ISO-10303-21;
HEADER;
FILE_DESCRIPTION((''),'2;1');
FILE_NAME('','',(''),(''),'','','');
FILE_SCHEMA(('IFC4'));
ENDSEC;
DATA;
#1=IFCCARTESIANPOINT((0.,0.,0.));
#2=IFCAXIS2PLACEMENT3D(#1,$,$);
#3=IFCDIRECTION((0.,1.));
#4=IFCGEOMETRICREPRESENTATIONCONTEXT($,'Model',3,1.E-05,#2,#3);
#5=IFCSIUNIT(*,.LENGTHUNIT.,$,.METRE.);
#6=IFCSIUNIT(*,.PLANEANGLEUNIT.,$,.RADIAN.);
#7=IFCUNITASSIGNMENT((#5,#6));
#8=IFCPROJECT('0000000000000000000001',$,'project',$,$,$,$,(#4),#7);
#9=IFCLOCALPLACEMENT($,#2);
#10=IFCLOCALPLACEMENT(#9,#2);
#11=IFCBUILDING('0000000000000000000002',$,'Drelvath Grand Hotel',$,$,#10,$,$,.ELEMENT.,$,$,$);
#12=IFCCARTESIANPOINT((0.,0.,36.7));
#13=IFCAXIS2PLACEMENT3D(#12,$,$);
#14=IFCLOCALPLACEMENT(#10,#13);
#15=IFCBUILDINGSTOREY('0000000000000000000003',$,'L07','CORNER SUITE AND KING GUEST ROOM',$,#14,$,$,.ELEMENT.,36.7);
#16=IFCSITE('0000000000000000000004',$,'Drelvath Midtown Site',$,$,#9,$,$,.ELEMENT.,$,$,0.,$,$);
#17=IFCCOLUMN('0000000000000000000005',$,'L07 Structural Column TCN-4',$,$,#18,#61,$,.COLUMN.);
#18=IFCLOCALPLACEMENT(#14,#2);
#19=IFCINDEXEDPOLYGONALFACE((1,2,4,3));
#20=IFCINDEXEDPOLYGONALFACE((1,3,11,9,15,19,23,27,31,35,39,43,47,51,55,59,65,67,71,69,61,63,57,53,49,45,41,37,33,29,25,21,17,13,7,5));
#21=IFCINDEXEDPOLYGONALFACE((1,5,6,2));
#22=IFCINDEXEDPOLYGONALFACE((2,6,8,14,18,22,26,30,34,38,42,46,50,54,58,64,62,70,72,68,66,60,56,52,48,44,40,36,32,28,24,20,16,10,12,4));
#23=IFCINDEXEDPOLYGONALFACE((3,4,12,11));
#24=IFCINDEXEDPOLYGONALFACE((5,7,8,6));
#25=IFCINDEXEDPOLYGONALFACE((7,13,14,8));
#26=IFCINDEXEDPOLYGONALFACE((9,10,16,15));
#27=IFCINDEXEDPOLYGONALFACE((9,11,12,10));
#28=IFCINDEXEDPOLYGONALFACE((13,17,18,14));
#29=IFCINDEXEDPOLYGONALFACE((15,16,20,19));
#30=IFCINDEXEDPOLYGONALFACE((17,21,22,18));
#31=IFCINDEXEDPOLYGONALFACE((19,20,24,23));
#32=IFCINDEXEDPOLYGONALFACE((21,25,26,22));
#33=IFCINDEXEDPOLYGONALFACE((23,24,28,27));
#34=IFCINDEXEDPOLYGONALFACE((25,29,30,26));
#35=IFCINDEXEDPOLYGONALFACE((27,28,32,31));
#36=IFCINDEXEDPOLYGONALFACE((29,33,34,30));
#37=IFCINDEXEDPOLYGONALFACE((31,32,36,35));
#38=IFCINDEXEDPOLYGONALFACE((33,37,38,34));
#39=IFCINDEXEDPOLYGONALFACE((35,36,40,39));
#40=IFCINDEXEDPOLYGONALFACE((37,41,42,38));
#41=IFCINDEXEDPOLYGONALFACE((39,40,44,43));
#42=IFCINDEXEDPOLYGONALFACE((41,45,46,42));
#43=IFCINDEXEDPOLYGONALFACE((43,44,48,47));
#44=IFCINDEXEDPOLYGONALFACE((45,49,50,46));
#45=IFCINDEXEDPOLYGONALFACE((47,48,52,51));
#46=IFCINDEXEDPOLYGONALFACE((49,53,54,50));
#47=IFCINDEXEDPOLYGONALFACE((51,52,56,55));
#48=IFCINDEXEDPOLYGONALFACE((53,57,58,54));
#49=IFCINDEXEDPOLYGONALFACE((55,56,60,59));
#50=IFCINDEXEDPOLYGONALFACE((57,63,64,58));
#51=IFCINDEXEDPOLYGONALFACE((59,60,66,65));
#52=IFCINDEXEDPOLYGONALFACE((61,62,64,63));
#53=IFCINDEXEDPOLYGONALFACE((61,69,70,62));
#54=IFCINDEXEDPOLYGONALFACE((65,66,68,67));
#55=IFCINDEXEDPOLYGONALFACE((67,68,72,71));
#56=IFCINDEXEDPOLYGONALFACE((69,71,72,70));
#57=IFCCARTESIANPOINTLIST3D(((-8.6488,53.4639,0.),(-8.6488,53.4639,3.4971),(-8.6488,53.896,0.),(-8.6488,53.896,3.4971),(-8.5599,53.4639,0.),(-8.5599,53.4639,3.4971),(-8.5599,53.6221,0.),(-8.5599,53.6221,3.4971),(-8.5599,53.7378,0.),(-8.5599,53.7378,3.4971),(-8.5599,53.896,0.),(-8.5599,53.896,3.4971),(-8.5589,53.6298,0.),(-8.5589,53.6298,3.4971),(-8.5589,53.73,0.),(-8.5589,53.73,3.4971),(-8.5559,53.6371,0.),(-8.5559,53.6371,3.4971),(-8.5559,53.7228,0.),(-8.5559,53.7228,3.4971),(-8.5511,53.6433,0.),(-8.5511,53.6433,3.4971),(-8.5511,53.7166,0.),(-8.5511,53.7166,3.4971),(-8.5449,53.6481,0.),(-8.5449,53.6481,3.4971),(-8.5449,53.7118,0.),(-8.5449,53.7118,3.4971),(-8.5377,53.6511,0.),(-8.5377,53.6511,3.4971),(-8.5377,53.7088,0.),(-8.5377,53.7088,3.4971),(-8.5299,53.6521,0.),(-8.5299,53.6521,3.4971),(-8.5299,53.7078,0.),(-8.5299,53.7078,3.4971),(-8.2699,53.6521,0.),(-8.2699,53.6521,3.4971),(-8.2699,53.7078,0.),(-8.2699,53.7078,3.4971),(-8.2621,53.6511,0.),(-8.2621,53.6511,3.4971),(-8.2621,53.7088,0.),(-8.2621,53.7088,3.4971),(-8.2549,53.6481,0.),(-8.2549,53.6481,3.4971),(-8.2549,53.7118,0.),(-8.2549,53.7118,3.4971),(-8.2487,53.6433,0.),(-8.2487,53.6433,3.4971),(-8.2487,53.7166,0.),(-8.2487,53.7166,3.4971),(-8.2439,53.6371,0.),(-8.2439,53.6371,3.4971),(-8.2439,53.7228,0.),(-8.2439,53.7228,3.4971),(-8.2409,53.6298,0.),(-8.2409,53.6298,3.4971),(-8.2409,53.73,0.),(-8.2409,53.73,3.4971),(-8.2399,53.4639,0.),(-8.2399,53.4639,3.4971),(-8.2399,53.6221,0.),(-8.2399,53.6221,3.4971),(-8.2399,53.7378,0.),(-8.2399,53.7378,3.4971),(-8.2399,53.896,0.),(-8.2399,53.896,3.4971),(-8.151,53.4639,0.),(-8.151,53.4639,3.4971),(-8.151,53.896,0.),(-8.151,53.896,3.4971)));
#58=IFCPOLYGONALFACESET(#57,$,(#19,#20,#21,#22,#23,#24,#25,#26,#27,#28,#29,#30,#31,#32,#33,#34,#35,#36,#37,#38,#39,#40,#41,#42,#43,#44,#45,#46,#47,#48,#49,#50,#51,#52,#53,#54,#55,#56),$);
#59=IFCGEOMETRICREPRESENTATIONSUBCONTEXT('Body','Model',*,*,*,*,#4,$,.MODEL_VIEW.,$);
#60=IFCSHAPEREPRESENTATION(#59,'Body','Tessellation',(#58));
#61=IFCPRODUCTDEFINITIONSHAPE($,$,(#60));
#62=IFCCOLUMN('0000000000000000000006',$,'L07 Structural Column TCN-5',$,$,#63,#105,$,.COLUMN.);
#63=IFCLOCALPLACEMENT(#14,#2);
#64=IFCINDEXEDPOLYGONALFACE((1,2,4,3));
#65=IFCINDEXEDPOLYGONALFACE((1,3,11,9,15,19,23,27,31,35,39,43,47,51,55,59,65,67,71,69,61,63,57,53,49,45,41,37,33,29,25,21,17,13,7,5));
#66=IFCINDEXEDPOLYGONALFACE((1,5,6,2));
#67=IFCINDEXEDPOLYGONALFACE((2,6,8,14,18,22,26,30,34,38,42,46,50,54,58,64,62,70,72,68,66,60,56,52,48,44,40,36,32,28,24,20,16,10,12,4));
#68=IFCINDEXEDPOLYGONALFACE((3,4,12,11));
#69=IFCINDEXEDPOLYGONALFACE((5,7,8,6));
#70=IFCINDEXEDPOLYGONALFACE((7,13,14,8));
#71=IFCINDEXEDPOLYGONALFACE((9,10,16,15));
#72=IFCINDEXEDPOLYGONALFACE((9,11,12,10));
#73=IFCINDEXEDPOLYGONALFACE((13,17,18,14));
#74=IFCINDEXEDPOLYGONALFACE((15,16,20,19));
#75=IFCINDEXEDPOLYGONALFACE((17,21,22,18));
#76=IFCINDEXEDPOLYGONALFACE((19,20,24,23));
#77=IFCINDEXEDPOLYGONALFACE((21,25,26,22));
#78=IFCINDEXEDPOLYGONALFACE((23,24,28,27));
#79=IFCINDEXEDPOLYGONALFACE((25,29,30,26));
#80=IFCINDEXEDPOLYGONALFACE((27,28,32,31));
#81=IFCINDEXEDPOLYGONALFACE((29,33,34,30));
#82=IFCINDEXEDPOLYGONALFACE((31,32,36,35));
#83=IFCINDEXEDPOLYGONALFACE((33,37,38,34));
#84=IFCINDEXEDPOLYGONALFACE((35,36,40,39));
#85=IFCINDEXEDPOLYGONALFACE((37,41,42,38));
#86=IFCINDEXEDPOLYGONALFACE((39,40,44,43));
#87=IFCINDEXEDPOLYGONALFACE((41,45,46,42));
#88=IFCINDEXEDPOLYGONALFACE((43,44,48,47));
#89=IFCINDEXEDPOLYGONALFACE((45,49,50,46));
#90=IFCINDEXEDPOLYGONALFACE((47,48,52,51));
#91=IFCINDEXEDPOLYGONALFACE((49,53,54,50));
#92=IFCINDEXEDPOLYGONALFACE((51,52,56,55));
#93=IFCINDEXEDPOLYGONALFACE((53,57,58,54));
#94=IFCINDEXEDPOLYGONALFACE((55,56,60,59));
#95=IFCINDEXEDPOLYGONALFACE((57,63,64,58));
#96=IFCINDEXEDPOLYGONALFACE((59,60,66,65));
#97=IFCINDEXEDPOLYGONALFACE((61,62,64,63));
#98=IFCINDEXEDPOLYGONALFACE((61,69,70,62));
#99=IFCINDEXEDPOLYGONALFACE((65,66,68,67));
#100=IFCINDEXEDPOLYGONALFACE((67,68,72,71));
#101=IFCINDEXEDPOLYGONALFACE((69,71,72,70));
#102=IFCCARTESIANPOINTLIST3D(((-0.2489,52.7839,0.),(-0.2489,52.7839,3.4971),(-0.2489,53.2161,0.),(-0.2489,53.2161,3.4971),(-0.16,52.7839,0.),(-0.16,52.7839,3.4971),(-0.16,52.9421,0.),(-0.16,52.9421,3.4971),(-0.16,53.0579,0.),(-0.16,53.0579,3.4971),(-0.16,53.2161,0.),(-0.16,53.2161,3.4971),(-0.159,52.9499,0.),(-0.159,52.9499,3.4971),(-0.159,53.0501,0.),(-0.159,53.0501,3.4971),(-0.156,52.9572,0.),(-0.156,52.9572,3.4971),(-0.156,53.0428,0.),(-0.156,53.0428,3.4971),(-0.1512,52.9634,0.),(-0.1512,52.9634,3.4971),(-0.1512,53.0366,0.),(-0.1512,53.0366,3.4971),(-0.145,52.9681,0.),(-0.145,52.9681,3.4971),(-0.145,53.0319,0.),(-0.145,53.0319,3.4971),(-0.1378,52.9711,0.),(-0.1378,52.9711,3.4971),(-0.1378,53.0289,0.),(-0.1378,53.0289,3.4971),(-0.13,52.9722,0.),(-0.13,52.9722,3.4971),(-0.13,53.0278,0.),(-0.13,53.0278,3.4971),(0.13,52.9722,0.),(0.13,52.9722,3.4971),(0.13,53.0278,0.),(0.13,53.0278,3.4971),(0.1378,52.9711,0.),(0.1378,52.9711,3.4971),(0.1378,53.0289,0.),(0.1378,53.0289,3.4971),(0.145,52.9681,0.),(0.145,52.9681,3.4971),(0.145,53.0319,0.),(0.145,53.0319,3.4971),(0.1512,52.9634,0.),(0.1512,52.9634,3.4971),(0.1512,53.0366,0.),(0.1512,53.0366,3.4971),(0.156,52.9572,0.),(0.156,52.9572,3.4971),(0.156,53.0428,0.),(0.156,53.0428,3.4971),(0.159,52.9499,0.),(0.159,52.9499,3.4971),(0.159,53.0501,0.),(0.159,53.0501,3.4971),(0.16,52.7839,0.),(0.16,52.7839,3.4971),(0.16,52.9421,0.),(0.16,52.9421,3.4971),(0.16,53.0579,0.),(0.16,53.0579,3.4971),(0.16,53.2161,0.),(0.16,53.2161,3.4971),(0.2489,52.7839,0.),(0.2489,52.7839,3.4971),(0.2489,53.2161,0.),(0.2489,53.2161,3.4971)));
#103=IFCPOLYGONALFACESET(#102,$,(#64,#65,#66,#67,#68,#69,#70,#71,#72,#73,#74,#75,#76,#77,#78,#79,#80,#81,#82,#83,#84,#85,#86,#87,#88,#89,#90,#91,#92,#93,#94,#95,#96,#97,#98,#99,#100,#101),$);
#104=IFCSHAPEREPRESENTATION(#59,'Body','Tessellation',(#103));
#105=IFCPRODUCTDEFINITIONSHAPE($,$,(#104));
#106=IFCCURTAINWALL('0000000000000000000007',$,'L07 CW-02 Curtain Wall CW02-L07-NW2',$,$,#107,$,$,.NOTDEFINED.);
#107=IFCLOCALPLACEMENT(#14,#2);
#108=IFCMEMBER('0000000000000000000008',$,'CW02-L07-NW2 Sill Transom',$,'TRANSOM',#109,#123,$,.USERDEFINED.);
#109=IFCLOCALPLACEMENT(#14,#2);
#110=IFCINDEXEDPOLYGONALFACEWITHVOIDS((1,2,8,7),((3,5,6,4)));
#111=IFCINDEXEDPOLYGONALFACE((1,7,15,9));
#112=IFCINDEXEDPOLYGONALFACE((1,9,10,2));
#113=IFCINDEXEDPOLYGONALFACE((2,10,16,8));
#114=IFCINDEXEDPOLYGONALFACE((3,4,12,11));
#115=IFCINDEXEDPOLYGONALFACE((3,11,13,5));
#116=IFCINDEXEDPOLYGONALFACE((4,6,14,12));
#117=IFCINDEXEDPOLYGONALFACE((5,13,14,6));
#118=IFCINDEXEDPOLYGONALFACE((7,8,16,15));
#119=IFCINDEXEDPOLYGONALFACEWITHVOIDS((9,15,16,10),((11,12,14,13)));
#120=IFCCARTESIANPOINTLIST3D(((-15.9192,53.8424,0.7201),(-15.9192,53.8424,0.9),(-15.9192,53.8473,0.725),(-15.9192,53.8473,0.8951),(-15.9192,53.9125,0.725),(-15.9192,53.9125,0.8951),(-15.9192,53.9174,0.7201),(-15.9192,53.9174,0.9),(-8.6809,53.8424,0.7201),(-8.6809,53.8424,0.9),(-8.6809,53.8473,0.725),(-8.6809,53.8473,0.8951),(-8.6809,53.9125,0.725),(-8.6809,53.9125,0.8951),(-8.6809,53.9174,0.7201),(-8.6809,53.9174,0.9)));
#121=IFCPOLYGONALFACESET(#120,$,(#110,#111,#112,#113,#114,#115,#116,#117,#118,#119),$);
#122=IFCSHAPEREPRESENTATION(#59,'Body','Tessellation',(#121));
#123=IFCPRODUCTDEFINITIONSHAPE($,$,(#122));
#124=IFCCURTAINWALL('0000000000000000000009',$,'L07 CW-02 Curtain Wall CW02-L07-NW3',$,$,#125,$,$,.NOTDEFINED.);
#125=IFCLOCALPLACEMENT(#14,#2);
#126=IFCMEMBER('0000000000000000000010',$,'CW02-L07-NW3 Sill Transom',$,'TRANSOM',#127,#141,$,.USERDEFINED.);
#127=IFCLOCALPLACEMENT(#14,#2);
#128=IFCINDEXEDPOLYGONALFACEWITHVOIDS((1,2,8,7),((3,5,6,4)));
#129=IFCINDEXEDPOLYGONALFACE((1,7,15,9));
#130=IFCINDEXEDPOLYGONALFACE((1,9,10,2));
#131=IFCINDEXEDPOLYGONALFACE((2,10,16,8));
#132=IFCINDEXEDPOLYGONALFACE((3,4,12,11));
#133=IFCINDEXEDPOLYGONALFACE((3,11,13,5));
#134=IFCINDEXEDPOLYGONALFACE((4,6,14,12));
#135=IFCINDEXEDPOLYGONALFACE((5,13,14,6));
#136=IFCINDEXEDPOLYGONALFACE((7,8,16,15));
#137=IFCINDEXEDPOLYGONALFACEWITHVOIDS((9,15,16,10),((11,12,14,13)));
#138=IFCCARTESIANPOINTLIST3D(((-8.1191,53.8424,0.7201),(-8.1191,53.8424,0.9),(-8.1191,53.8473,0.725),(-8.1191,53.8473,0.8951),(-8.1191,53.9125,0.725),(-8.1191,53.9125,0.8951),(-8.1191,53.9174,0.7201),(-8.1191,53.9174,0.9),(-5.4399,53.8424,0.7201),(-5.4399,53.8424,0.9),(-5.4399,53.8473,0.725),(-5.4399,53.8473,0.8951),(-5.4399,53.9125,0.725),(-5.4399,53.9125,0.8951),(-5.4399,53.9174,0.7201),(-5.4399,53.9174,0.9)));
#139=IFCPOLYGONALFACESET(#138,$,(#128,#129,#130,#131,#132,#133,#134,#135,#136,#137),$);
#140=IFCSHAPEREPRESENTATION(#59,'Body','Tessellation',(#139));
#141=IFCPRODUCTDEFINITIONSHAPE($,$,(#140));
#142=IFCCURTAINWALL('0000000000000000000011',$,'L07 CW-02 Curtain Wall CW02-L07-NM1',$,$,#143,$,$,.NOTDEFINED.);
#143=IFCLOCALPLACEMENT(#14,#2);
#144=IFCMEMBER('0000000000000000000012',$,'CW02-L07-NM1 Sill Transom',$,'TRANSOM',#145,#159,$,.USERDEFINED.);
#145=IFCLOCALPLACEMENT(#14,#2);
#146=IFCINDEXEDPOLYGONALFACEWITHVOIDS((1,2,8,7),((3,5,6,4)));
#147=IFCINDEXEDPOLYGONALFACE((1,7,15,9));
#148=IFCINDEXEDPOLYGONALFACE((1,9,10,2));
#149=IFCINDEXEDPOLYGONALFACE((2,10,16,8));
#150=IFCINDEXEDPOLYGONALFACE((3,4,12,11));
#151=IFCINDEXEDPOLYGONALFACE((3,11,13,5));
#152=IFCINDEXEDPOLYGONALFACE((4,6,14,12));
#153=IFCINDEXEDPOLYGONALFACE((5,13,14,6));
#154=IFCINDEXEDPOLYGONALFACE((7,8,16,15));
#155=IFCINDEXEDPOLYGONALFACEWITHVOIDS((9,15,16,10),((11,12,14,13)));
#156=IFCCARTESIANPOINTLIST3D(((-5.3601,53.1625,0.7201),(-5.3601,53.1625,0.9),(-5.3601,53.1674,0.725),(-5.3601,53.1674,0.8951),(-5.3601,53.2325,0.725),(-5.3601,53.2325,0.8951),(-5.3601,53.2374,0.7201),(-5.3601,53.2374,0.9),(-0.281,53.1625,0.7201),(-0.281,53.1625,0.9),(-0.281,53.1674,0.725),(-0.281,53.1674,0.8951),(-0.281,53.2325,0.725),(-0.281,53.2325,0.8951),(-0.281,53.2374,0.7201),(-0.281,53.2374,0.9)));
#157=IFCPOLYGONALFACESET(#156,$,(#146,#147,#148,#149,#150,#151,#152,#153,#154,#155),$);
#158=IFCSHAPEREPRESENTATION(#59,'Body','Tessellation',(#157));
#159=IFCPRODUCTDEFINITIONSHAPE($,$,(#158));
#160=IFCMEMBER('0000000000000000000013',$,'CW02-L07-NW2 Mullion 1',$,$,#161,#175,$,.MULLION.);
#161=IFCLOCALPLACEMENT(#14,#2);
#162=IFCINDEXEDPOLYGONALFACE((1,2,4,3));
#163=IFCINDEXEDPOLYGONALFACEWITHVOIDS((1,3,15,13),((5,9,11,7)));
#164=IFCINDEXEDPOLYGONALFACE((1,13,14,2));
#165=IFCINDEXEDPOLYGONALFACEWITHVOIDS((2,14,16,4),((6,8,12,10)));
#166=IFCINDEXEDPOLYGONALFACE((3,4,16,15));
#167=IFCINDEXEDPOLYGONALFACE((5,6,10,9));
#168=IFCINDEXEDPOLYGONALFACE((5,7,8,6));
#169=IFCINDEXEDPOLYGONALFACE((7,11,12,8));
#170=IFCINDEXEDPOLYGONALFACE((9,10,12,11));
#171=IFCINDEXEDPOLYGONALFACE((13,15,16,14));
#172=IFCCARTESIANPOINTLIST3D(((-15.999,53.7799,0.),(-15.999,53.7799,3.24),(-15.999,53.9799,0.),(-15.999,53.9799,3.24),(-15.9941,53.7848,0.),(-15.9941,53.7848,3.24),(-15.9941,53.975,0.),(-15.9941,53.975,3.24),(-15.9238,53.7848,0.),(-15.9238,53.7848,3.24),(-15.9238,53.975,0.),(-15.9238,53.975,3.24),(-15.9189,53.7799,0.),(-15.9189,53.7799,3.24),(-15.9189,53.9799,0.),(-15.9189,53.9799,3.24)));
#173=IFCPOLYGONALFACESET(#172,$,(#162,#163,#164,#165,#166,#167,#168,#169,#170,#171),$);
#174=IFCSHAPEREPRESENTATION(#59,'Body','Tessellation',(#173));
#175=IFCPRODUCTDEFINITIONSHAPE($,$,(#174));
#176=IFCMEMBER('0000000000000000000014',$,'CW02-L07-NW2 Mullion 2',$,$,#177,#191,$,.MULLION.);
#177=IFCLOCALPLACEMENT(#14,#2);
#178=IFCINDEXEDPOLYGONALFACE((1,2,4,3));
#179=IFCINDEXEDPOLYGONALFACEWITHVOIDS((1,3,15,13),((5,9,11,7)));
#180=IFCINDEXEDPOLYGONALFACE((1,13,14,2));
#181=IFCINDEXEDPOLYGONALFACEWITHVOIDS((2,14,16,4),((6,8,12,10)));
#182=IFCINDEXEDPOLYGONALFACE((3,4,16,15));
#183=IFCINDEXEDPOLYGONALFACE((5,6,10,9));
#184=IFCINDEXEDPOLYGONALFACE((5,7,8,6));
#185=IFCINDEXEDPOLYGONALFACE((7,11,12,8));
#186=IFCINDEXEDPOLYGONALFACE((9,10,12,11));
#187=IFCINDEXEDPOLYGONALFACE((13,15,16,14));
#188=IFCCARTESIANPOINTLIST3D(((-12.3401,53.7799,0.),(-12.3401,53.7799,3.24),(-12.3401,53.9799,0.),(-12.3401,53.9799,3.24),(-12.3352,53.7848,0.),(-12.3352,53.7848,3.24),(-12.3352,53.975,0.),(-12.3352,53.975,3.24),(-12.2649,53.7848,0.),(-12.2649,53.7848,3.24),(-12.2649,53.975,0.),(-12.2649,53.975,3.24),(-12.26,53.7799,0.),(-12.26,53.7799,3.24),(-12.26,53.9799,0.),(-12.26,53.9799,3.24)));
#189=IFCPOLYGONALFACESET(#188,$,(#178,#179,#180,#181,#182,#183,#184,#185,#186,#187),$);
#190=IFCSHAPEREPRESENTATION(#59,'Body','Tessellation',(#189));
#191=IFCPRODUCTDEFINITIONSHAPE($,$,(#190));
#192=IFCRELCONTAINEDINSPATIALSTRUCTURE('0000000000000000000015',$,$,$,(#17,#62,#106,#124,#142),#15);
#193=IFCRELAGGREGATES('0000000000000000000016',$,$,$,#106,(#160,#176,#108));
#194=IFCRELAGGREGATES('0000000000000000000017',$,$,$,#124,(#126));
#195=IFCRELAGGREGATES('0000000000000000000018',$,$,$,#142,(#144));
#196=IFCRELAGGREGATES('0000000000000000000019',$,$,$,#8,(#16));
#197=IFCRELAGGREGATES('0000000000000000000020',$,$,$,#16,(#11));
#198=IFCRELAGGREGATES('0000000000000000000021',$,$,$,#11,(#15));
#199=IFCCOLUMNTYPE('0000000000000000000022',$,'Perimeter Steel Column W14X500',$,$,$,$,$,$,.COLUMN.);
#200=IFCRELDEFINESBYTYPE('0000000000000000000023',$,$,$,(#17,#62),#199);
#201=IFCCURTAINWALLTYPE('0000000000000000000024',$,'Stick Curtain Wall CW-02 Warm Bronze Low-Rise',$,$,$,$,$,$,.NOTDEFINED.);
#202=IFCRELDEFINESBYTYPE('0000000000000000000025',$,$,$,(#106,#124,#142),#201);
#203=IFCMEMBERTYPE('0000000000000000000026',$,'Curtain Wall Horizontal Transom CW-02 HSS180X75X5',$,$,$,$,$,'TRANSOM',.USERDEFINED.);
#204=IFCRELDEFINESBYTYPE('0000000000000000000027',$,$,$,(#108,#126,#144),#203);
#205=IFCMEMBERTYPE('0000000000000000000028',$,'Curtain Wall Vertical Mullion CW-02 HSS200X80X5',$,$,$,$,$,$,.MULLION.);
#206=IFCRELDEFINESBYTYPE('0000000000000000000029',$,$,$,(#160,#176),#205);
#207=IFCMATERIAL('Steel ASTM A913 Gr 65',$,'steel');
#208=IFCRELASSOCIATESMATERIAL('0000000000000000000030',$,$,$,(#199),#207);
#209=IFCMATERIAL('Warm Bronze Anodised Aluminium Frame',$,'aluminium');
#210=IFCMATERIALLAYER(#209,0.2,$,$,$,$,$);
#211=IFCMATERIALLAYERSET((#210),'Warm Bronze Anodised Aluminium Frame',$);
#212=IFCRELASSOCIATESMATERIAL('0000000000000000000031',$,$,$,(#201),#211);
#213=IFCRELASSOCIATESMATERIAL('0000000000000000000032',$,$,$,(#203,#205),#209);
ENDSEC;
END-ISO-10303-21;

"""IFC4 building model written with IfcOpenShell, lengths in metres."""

from ifc_helpers import new_model, si_unit, direction, frame, origin, origin_2d, place, context, subcontext, project, spatial, hollow_rectangle, i_section, extrude, material, layer, layer_set, material_profile, profile_set, type_object, element, aggregate, save


model = new_model("IFC4")

# Units and contexts
model_context = context("Model", 3, precision=1e-05, world=origin(), true_north=direction((0.0, 1.0)))
body_context = subcontext(model_context, "Body", "Model", "MODEL_VIEW")
ifc_project = project(units=[si_unit("LENGTHUNIT", "METRE"), si_unit("PLANEANGLEUNIT", "RADIAN")], contexts=[model_context])

# Site, building, storey
site_placement = place(None, origin())
site = spatial("IfcSite", under=ifc_project, at=site_placement, Name="Drelvath Midtown Site", CompositionType="ELEMENT", RefElevation=0.0)
building_placement = place(site_placement, origin())
building = spatial("IfcBuilding", under=site, at=building_placement, Name="Drelvath Grand Hotel", CompositionType="ELEMENT")
storey_placement = place(building_placement, frame((0.0, 0.0, 36.7)))
storey = spatial("IfcBuildingStorey", under=building, at=storey_placement, Name="L07", Description="CORNER SUITE AND KING GUEST ROOM", CompositionType="ELEMENT", Elevation=36.7)

# Columns
ifc_material_1 = material(Name="Steel ASTM A913 Gr 65", Category="steel")
ifc_material_profile_1 = material_profile(ifc_material_1, i_section(OverallWidth=0.4321, OverallDepth=0.4978, WebThickness=0.0557, FlangeThickness=0.0889, FilletRadius=0.03, at=origin_2d()), Name="W14X500")
ifc_profile_set_1 = profile_set([ifc_material_profile_1], Name="Steel ASTM A913 Gr 65")
column_type = type_object("IfcColumnType", Name="Perimeter Steel Column W14X500", PredefinedType="COLUMN", material=ifc_profile_set_1)
for number, where, z_axis, x_axis, name in (
    (1, (-8.3999, 53.6799, 0.0), (0.0, 0.0, 1.0), (0.0, 1.0, 0.0), "L07 Structural Column TCN-4"),
    (2, (0.0, 53.0, 0.0), (0.0, 0.0, 1.0), (0.0, 1.0, 0.0), "L07 Structural Column TCN-5"),
):
    element("IfcColumn", number, at=place(storey_placement, frame(where, z_axis=z_axis, x_axis=x_axis)), inside=storey, type_object=column_type, Name=name, PredefinedType="COLUMN", context=body_context, shape_type="SweptSolid", body=[
        extrude(i_section(OverallWidth=0.4321, OverallDepth=0.4978, WebThickness=0.0557, FlangeThickness=0.0889, FilletRadius=0.03, at=origin_2d()), origin(), (0.0, 0.0, 1.0), 3.4971),
    ])

# Curtain walls, members
ifc_material_2 = material(Name="Warm Bronze Anodised Aluminium Frame", Category="aluminium")
ifc_layer_1 = layer(ifc_material_2, 0.2)
ifc_layer_set_1 = layer_set([ifc_layer_1], Name="Warm Bronze Anodised Aluminium Frame")
curtain_wall_type = type_object("IfcCurtainWallType", Name="Stick Curtain Wall CW-02 Warm Bronze Low-Rise", PredefinedType="NOTDEFINED", material=ifc_layer_set_1)
curtain_wall_1_placement = place(storey_placement, origin())
curtain_wall_1 = element("IfcCurtainWall", 3, at=curtain_wall_1_placement, inside=storey, type_object=curtain_wall_type, Name="L07 CW-02 Curtain Wall CW02-L07-NW2", PredefinedType="NOTDEFINED")
ifc_material_profile_2 = material_profile(ifc_material_2, hollow_rectangle(XDim=0.075, YDim=0.1799, WallThickness=0.0049, at=origin_2d()), Name="HSS180X75X5")
ifc_profile_set_2 = profile_set([ifc_material_profile_2], Name="Warm Bronze Anodised Aluminium Frame")
member_type_1 = type_object("IfcMemberType", Name="Curtain Wall Horizontal Transom CW-02 HSS180X75X5", ElementType="TRANSOM", PredefinedType="USERDEFINED", material=ifc_profile_set_2)
member_1_placement = place(storey_placement, frame((-15.9192, 53.8799, 0.8101), z_axis=(1.0, 0.0, 0.0), x_axis=(0.0, 1.0, 0.0)))
member_1 = element("IfcMember", 4, at=member_1_placement, type_object=member_type_1, Name="CW02-L07-NW2 Sill Transom", ObjectType="TRANSOM", PredefinedType="USERDEFINED", context=body_context, shape_type="SweptSolid", body=[
    extrude(hollow_rectangle(XDim=0.075, YDim=0.1799, WallThickness=0.0049, at=origin_2d()), origin(), (0.0, 0.0, 1.0), 7.2383),
])
curtain_wall_2_placement = place(storey_placement, origin())
curtain_wall_2 = element("IfcCurtainWall", 5, at=curtain_wall_2_placement, inside=storey, type_object=curtain_wall_type, Name="L07 CW-02 Curtain Wall CW02-L07-NW3", PredefinedType="NOTDEFINED")
member_2_placement = place(storey_placement, frame((-8.1191, 53.8799, 0.8101), z_axis=(1.0, 0.0, 0.0), x_axis=(0.0, 1.0, 0.0)))
member_2 = element("IfcMember", 6, at=member_2_placement, type_object=member_type_1, Name="CW02-L07-NW3 Sill Transom", ObjectType="TRANSOM", PredefinedType="USERDEFINED", context=body_context, shape_type="SweptSolid", body=[
    extrude(hollow_rectangle(XDim=0.075, YDim=0.1799, WallThickness=0.0049, at=origin_2d()), origin(), (0.0, 0.0, 1.0), 2.6792),
])
curtain_wall_3_placement = place(storey_placement, origin())
curtain_wall_3 = element("IfcCurtainWall", 7, at=curtain_wall_3_placement, inside=storey, type_object=curtain_wall_type, Name="L07 CW-02 Curtain Wall CW02-L07-NM1", PredefinedType="NOTDEFINED")
member_3_placement = place(storey_placement, frame((-5.3601, 53.2, 0.8101), z_axis=(1.0, 0.0, 0.0), x_axis=(0.0, 1.0, 0.0)))
member_3 = element("IfcMember", 8, at=member_3_placement, type_object=member_type_1, Name="CW02-L07-NM1 Sill Transom", ObjectType="TRANSOM", PredefinedType="USERDEFINED", context=body_context, shape_type="SweptSolid", body=[
    extrude(hollow_rectangle(XDim=0.075, YDim=0.1799, WallThickness=0.0049, at=origin_2d()), origin(), (0.0, 0.0, 1.0), 5.0791),
])

# Members
ifc_material_profile_3 = material_profile(ifc_material_2, hollow_rectangle(XDim=0.0801, YDim=0.2, WallThickness=0.0049, at=origin_2d()), Name="HSS200X80X5")
ifc_profile_set_3 = profile_set([ifc_material_profile_3], Name="Warm Bronze Anodised Aluminium Frame")
member_type_2 = type_object("IfcMemberType", Name="Curtain Wall Vertical Mullion CW-02 HSS200X80X5", PredefinedType="MULLION", material=ifc_profile_set_3)
member_4_placement = place(storey_placement, frame((-15.959, 53.8799, 0.0), z_axis=(0.0, 0.0, 1.0), x_axis=(1.0, 0.0, 0.0)))
member_4 = element("IfcMember", 9, at=member_4_placement, type_object=member_type_2, Name="CW02-L07-NW2 Mullion 1", PredefinedType="MULLION", context=body_context, shape_type="SweptSolid", body=[
    extrude(hollow_rectangle(XDim=0.0801, YDim=0.2, WallThickness=0.0049, at=origin_2d()), origin(), (0.0, 0.0, 1.0), 3.24),
])
member_5_placement = place(storey_placement, frame((-12.3, 53.8799, 0.0), z_axis=(0.0, 0.0, 1.0), x_axis=(1.0, 0.0, 0.0)))
member_5 = element("IfcMember", 10, at=member_5_placement, type_object=member_type_2, Name="CW02-L07-NW2 Mullion 2", PredefinedType="MULLION", context=body_context, shape_type="SweptSolid", body=[
    extrude(hollow_rectangle(XDim=0.0801, YDim=0.2, WallThickness=0.0049, at=origin_2d()), origin(), (0.0, 0.0, 1.0), 3.24),
])

aggregate(curtain_wall_1, [member_4, member_5, member_1])
aggregate(curtain_wall_2, [member_2])
aggregate(curtain_wall_3, [member_3])

save(model, "model.ifc")
